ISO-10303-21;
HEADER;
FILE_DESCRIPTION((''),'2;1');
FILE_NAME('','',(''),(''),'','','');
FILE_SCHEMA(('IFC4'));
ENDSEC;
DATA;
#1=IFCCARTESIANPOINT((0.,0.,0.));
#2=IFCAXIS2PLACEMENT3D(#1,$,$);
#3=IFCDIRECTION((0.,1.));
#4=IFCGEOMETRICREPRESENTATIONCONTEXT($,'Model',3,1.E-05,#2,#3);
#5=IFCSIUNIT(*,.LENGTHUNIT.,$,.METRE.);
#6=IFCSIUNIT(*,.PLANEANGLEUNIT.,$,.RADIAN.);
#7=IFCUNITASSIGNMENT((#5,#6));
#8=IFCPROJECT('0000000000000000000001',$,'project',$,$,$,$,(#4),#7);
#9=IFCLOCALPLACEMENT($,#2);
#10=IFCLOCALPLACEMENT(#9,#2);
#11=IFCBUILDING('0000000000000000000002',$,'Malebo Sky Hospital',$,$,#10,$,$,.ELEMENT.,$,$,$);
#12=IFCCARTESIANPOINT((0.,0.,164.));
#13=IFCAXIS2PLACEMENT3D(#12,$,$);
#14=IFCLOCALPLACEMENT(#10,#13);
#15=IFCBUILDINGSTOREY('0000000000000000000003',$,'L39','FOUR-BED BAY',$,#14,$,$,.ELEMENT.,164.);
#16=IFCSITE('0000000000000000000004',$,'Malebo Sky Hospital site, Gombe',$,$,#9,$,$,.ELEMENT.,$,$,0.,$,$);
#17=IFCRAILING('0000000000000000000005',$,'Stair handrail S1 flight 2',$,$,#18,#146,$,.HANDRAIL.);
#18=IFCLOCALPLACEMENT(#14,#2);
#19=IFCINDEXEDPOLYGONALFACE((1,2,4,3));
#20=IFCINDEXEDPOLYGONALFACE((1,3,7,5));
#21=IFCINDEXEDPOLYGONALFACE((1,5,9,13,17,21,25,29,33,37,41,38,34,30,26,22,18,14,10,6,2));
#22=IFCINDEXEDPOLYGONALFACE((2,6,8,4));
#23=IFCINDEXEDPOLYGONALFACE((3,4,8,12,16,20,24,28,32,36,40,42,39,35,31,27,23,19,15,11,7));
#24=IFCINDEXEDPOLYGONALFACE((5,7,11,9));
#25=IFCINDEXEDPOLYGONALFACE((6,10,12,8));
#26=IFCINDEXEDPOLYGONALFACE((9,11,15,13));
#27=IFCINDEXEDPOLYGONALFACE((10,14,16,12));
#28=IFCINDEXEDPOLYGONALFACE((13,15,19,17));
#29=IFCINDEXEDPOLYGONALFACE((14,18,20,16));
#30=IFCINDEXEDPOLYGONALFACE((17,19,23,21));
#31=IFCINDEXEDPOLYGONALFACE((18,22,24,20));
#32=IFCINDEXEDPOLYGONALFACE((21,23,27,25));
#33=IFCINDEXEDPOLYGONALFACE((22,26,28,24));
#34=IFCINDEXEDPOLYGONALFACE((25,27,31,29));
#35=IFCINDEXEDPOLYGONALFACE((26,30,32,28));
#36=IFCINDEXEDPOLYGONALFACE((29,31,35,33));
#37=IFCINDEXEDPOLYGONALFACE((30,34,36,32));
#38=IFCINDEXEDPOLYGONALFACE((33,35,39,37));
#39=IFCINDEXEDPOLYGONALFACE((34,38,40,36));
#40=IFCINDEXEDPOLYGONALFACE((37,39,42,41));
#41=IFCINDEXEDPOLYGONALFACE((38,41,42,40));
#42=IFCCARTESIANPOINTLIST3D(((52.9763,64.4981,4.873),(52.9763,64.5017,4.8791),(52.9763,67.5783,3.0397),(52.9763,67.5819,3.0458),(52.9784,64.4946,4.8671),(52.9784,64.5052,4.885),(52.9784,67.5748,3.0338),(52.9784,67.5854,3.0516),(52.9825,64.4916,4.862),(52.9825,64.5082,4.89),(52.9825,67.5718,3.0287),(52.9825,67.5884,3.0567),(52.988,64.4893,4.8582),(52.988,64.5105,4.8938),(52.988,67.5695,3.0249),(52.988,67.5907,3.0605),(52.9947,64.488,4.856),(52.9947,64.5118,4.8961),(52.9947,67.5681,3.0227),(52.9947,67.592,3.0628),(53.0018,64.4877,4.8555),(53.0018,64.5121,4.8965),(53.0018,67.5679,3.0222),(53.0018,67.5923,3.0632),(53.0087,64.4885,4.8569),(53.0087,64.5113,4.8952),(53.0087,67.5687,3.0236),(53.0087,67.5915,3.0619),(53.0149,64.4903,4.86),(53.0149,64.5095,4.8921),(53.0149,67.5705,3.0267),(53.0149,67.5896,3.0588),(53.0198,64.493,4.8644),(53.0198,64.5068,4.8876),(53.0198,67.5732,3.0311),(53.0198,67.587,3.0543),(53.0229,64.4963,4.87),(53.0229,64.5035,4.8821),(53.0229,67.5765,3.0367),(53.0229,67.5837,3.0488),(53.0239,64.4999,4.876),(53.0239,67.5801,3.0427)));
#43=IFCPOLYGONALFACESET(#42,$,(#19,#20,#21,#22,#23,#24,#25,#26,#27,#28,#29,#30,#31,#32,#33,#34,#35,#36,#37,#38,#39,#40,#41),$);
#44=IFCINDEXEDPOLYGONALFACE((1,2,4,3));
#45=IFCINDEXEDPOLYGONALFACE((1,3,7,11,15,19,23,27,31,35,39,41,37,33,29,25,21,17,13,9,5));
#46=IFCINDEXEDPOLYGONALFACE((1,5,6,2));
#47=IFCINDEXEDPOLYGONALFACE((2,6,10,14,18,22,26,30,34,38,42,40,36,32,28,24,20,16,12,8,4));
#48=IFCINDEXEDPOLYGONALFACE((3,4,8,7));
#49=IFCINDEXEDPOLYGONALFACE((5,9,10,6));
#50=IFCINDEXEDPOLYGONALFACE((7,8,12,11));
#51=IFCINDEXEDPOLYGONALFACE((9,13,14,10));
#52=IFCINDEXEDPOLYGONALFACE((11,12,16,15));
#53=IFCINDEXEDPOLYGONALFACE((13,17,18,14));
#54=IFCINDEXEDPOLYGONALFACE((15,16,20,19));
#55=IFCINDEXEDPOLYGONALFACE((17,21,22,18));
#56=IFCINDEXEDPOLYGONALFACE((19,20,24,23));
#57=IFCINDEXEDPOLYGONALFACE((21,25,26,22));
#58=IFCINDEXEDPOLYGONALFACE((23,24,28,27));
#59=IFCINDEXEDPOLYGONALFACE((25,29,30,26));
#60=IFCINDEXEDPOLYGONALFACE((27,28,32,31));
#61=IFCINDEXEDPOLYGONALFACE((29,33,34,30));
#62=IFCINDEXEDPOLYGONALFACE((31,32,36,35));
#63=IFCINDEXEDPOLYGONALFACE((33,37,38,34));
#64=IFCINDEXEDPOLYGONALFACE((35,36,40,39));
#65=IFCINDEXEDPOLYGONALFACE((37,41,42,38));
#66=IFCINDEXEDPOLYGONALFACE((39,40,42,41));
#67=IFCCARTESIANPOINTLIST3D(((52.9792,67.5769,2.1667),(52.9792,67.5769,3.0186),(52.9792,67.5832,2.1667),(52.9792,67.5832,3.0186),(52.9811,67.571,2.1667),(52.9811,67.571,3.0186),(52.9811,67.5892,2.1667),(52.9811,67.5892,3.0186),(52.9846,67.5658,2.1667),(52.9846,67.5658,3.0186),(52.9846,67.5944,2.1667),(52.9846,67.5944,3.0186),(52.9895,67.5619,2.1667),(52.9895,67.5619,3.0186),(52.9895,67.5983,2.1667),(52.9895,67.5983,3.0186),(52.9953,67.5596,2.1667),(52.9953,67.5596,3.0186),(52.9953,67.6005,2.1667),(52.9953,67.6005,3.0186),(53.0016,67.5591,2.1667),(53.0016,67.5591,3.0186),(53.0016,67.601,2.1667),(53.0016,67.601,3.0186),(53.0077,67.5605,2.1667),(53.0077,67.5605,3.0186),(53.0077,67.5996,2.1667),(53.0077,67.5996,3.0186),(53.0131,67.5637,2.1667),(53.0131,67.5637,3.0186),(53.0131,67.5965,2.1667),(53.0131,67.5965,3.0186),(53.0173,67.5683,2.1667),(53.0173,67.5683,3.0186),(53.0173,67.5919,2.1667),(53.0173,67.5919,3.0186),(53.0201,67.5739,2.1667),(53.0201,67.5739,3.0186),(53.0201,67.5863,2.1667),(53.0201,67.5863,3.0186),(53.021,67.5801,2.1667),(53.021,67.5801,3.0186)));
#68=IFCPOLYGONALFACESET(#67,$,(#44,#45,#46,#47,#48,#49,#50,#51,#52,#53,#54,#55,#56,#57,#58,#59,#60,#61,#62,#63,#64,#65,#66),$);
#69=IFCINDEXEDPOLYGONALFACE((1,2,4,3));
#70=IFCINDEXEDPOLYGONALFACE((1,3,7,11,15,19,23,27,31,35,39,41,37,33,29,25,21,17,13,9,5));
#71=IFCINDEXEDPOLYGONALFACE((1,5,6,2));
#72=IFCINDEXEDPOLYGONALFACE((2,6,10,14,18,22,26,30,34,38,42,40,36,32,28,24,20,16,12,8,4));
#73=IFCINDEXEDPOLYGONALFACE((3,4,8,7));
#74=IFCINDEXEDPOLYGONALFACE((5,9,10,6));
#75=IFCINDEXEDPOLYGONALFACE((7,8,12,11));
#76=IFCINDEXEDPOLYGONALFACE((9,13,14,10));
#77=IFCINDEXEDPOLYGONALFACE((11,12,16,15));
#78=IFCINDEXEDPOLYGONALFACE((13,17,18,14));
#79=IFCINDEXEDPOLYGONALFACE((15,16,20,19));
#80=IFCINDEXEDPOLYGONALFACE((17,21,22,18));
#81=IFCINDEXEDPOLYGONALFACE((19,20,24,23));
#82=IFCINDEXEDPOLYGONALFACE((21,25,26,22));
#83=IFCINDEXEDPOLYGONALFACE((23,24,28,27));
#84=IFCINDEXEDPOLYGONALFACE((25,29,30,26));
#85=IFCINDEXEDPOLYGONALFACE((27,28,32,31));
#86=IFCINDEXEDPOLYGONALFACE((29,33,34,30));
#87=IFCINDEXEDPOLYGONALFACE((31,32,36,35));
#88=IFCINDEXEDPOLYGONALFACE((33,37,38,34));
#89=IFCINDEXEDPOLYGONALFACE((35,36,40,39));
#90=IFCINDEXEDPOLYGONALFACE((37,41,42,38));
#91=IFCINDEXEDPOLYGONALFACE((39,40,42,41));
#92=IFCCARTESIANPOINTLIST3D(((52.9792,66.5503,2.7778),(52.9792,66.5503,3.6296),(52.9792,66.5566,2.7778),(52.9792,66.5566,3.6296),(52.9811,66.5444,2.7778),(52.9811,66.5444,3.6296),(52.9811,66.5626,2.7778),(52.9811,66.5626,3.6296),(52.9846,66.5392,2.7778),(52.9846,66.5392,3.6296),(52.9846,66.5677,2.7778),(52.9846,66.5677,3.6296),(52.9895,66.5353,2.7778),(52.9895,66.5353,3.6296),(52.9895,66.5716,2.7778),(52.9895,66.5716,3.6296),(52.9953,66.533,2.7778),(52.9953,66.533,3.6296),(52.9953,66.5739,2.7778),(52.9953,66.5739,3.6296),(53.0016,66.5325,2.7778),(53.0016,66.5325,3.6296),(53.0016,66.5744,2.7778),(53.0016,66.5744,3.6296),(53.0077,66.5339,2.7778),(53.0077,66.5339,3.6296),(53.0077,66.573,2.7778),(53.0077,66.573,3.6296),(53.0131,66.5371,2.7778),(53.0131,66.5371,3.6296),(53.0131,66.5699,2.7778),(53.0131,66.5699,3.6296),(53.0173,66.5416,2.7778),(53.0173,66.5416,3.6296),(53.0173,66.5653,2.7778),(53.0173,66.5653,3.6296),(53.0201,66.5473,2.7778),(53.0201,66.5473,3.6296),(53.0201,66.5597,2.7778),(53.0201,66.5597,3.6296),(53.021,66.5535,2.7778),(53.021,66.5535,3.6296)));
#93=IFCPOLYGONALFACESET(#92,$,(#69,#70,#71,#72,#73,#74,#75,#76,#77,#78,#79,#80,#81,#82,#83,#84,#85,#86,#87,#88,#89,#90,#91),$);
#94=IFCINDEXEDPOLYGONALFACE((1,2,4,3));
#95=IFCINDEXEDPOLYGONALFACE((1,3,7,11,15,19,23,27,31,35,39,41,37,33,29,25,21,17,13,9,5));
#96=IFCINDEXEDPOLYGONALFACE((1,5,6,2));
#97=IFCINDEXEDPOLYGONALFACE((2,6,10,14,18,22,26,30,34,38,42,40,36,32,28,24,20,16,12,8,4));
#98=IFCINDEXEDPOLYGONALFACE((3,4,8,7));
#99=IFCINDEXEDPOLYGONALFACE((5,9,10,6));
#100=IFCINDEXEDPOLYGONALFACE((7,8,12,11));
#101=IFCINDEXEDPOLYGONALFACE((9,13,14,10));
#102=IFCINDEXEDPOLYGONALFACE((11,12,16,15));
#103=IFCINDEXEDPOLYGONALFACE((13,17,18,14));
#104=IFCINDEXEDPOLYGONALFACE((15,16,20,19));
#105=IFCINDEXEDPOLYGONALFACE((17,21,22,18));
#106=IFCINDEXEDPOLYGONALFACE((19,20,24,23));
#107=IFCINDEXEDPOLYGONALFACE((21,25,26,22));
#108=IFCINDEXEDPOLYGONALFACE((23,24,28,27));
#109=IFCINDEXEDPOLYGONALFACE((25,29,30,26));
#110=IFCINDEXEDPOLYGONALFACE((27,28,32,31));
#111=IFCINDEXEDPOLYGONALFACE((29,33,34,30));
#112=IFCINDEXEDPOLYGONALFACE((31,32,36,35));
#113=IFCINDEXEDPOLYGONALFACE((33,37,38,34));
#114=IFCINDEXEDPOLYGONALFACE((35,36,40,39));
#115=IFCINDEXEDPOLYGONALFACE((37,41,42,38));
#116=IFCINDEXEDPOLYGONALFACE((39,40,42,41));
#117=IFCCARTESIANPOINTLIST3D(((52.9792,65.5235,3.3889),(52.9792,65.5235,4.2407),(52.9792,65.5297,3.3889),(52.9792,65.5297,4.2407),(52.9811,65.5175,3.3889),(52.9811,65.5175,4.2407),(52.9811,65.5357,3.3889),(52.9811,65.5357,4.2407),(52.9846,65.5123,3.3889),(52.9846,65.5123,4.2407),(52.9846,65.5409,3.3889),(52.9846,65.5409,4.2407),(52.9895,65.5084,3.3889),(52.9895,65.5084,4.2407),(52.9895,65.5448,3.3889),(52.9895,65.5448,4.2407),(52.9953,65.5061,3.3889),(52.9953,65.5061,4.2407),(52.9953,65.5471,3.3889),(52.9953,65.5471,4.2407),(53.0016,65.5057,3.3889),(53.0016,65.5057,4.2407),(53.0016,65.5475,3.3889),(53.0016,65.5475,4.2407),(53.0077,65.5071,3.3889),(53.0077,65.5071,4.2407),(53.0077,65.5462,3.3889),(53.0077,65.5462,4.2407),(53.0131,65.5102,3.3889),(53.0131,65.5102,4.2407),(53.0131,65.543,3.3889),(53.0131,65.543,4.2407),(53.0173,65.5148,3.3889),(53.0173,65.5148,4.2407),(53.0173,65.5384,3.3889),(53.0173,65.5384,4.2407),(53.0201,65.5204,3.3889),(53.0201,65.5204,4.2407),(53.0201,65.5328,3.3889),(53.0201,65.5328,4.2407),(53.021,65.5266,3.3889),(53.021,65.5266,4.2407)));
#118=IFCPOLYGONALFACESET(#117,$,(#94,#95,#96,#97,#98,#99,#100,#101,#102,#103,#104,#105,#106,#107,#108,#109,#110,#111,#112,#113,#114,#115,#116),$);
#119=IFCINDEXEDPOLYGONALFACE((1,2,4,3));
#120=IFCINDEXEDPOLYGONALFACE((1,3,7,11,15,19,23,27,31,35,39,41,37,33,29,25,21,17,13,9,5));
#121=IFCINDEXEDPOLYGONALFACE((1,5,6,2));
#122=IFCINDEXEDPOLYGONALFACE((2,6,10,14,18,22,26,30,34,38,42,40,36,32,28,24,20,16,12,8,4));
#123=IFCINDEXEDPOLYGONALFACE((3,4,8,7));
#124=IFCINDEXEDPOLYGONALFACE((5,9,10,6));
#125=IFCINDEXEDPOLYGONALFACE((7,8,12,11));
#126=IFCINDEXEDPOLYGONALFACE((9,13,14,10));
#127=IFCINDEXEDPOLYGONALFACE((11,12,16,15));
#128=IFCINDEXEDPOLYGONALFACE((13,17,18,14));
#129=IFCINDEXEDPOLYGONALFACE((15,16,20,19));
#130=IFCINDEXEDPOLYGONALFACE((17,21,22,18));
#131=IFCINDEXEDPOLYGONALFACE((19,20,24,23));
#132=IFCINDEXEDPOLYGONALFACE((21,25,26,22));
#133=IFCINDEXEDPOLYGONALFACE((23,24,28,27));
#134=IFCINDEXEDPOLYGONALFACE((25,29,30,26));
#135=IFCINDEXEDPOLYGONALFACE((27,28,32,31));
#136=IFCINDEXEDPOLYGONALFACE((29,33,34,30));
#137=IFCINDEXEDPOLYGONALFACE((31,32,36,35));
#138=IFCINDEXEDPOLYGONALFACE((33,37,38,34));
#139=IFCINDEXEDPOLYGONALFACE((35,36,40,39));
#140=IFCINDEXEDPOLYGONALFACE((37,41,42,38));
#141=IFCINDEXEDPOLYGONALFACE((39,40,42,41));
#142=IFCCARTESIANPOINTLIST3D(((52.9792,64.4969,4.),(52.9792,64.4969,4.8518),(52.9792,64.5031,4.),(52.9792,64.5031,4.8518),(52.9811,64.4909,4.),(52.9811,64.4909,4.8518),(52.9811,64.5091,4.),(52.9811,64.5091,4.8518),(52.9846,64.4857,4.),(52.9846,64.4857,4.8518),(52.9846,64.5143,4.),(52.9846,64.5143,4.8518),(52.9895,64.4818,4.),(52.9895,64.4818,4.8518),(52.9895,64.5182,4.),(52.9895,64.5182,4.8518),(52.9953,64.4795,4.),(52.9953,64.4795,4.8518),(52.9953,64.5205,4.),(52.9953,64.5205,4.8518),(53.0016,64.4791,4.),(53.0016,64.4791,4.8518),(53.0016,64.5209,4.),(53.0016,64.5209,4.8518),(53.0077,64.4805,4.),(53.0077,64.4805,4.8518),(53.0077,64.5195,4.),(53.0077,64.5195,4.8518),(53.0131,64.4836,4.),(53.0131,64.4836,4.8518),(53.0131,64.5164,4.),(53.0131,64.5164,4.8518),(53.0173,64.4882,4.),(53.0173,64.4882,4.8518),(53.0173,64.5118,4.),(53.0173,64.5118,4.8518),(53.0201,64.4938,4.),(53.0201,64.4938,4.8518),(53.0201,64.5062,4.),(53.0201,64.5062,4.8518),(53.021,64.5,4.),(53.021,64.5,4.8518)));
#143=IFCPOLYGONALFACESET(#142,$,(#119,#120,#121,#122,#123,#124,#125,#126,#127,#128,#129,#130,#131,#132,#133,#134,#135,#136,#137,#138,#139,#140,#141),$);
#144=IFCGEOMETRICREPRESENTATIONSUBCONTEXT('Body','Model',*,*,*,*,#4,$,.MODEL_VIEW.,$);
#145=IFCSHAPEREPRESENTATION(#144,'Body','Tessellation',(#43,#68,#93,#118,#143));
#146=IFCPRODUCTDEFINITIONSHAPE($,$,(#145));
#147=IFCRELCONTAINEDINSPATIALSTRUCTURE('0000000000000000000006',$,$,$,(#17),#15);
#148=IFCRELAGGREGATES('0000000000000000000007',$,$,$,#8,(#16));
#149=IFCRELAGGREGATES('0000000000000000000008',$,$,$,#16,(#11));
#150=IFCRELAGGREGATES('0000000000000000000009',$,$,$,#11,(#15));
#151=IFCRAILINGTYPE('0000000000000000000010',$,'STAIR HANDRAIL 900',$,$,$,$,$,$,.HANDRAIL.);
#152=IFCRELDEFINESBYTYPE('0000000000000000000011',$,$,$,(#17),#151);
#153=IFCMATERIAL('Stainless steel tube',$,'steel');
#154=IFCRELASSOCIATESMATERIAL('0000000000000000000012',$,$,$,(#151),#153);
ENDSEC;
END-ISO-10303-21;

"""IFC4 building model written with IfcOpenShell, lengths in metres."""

from ifc_helpers import new_model, si_unit, direction, frame, origin, origin_2d, place, context, subcontext, project, spatial, circle, extrude, material, type_object, element, save


model = new_model("IFC4")

# Units and contexts
model_context = context("Model", 3, precision=1e-05, world=origin(), true_north=direction((0.0, 1.0)))
body_context = subcontext(model_context, "Body", "Model", "MODEL_VIEW")
ifc_project = project(units=[si_unit("LENGTHUNIT", "METRE"), si_unit("PLANEANGLEUNIT", "RADIAN")], contexts=[model_context])

# Site, building, storey
site_placement = place(None, origin())
site = spatial("IfcSite", under=ifc_project, at=site_placement, Name="Malebo Sky Hospital site, Gombe", CompositionType="ELEMENT", RefElevation=0.0)
building_placement = place(site_placement, origin())
building = spatial("IfcBuilding", under=site, at=building_placement, Name="Malebo Sky Hospital", CompositionType="ELEMENT")
storey_placement = place(building_placement, frame((0.0, 0.0, 164.0)))
storey = spatial("IfcBuildingStorey", under=building, at=storey_placement, Name="L39", Description="FOUR-BED BAY", CompositionType="ELEMENT", Elevation=164.0)

# Railing
ifc_material_1 = material(Name="Stainless steel tube", Category="steel")
railing_type = type_object("IfcRailingType", Name="STAIR HANDRAIL 900", PredefinedType="HANDRAIL", material=ifc_material_1)
railing_1_placement = place(storey_placement, frame((53.0, 67.5801, 2.1667)))
element("IfcRailing", 1, at=railing_1_placement, inside=storey, type_object=railing_type, Name="Stair handrail S1 flight 2", PredefinedType="HANDRAIL", context=body_context, shape_type="SweptSolid", body=[
    extrude(circle(Radius=0.0239, at=origin_2d()), frame((0.0, 0.0, 0.876), z_axis=(0.0, -0.859309, 0.511458), x_axis=(1.0, 0.0, 0.0)), (0.0, 0.0, 1.0), 3.5845),
    extrude(circle(Radius=0.021, at=origin_2d()), origin(), (0.0, 0.0, 1.0), 0.8518),
    extrude(circle(Radius=0.021, at=origin_2d()), frame((0.0, -1.0266, 0.6111)), (0.0, 0.0, 1.0), 0.8518),
    extrude(circle(Radius=0.021, at=origin_2d()), frame((0.0, -2.0535, 1.2222)), (0.0, 0.0, 1.0), 0.8518),
    extrude(circle(Radius=0.021, at=origin_2d()), frame((0.0, -3.0801, 1.8333)), (0.0, 0.0, 1.0), 0.8518),
])

save(model, "model.ifc")
